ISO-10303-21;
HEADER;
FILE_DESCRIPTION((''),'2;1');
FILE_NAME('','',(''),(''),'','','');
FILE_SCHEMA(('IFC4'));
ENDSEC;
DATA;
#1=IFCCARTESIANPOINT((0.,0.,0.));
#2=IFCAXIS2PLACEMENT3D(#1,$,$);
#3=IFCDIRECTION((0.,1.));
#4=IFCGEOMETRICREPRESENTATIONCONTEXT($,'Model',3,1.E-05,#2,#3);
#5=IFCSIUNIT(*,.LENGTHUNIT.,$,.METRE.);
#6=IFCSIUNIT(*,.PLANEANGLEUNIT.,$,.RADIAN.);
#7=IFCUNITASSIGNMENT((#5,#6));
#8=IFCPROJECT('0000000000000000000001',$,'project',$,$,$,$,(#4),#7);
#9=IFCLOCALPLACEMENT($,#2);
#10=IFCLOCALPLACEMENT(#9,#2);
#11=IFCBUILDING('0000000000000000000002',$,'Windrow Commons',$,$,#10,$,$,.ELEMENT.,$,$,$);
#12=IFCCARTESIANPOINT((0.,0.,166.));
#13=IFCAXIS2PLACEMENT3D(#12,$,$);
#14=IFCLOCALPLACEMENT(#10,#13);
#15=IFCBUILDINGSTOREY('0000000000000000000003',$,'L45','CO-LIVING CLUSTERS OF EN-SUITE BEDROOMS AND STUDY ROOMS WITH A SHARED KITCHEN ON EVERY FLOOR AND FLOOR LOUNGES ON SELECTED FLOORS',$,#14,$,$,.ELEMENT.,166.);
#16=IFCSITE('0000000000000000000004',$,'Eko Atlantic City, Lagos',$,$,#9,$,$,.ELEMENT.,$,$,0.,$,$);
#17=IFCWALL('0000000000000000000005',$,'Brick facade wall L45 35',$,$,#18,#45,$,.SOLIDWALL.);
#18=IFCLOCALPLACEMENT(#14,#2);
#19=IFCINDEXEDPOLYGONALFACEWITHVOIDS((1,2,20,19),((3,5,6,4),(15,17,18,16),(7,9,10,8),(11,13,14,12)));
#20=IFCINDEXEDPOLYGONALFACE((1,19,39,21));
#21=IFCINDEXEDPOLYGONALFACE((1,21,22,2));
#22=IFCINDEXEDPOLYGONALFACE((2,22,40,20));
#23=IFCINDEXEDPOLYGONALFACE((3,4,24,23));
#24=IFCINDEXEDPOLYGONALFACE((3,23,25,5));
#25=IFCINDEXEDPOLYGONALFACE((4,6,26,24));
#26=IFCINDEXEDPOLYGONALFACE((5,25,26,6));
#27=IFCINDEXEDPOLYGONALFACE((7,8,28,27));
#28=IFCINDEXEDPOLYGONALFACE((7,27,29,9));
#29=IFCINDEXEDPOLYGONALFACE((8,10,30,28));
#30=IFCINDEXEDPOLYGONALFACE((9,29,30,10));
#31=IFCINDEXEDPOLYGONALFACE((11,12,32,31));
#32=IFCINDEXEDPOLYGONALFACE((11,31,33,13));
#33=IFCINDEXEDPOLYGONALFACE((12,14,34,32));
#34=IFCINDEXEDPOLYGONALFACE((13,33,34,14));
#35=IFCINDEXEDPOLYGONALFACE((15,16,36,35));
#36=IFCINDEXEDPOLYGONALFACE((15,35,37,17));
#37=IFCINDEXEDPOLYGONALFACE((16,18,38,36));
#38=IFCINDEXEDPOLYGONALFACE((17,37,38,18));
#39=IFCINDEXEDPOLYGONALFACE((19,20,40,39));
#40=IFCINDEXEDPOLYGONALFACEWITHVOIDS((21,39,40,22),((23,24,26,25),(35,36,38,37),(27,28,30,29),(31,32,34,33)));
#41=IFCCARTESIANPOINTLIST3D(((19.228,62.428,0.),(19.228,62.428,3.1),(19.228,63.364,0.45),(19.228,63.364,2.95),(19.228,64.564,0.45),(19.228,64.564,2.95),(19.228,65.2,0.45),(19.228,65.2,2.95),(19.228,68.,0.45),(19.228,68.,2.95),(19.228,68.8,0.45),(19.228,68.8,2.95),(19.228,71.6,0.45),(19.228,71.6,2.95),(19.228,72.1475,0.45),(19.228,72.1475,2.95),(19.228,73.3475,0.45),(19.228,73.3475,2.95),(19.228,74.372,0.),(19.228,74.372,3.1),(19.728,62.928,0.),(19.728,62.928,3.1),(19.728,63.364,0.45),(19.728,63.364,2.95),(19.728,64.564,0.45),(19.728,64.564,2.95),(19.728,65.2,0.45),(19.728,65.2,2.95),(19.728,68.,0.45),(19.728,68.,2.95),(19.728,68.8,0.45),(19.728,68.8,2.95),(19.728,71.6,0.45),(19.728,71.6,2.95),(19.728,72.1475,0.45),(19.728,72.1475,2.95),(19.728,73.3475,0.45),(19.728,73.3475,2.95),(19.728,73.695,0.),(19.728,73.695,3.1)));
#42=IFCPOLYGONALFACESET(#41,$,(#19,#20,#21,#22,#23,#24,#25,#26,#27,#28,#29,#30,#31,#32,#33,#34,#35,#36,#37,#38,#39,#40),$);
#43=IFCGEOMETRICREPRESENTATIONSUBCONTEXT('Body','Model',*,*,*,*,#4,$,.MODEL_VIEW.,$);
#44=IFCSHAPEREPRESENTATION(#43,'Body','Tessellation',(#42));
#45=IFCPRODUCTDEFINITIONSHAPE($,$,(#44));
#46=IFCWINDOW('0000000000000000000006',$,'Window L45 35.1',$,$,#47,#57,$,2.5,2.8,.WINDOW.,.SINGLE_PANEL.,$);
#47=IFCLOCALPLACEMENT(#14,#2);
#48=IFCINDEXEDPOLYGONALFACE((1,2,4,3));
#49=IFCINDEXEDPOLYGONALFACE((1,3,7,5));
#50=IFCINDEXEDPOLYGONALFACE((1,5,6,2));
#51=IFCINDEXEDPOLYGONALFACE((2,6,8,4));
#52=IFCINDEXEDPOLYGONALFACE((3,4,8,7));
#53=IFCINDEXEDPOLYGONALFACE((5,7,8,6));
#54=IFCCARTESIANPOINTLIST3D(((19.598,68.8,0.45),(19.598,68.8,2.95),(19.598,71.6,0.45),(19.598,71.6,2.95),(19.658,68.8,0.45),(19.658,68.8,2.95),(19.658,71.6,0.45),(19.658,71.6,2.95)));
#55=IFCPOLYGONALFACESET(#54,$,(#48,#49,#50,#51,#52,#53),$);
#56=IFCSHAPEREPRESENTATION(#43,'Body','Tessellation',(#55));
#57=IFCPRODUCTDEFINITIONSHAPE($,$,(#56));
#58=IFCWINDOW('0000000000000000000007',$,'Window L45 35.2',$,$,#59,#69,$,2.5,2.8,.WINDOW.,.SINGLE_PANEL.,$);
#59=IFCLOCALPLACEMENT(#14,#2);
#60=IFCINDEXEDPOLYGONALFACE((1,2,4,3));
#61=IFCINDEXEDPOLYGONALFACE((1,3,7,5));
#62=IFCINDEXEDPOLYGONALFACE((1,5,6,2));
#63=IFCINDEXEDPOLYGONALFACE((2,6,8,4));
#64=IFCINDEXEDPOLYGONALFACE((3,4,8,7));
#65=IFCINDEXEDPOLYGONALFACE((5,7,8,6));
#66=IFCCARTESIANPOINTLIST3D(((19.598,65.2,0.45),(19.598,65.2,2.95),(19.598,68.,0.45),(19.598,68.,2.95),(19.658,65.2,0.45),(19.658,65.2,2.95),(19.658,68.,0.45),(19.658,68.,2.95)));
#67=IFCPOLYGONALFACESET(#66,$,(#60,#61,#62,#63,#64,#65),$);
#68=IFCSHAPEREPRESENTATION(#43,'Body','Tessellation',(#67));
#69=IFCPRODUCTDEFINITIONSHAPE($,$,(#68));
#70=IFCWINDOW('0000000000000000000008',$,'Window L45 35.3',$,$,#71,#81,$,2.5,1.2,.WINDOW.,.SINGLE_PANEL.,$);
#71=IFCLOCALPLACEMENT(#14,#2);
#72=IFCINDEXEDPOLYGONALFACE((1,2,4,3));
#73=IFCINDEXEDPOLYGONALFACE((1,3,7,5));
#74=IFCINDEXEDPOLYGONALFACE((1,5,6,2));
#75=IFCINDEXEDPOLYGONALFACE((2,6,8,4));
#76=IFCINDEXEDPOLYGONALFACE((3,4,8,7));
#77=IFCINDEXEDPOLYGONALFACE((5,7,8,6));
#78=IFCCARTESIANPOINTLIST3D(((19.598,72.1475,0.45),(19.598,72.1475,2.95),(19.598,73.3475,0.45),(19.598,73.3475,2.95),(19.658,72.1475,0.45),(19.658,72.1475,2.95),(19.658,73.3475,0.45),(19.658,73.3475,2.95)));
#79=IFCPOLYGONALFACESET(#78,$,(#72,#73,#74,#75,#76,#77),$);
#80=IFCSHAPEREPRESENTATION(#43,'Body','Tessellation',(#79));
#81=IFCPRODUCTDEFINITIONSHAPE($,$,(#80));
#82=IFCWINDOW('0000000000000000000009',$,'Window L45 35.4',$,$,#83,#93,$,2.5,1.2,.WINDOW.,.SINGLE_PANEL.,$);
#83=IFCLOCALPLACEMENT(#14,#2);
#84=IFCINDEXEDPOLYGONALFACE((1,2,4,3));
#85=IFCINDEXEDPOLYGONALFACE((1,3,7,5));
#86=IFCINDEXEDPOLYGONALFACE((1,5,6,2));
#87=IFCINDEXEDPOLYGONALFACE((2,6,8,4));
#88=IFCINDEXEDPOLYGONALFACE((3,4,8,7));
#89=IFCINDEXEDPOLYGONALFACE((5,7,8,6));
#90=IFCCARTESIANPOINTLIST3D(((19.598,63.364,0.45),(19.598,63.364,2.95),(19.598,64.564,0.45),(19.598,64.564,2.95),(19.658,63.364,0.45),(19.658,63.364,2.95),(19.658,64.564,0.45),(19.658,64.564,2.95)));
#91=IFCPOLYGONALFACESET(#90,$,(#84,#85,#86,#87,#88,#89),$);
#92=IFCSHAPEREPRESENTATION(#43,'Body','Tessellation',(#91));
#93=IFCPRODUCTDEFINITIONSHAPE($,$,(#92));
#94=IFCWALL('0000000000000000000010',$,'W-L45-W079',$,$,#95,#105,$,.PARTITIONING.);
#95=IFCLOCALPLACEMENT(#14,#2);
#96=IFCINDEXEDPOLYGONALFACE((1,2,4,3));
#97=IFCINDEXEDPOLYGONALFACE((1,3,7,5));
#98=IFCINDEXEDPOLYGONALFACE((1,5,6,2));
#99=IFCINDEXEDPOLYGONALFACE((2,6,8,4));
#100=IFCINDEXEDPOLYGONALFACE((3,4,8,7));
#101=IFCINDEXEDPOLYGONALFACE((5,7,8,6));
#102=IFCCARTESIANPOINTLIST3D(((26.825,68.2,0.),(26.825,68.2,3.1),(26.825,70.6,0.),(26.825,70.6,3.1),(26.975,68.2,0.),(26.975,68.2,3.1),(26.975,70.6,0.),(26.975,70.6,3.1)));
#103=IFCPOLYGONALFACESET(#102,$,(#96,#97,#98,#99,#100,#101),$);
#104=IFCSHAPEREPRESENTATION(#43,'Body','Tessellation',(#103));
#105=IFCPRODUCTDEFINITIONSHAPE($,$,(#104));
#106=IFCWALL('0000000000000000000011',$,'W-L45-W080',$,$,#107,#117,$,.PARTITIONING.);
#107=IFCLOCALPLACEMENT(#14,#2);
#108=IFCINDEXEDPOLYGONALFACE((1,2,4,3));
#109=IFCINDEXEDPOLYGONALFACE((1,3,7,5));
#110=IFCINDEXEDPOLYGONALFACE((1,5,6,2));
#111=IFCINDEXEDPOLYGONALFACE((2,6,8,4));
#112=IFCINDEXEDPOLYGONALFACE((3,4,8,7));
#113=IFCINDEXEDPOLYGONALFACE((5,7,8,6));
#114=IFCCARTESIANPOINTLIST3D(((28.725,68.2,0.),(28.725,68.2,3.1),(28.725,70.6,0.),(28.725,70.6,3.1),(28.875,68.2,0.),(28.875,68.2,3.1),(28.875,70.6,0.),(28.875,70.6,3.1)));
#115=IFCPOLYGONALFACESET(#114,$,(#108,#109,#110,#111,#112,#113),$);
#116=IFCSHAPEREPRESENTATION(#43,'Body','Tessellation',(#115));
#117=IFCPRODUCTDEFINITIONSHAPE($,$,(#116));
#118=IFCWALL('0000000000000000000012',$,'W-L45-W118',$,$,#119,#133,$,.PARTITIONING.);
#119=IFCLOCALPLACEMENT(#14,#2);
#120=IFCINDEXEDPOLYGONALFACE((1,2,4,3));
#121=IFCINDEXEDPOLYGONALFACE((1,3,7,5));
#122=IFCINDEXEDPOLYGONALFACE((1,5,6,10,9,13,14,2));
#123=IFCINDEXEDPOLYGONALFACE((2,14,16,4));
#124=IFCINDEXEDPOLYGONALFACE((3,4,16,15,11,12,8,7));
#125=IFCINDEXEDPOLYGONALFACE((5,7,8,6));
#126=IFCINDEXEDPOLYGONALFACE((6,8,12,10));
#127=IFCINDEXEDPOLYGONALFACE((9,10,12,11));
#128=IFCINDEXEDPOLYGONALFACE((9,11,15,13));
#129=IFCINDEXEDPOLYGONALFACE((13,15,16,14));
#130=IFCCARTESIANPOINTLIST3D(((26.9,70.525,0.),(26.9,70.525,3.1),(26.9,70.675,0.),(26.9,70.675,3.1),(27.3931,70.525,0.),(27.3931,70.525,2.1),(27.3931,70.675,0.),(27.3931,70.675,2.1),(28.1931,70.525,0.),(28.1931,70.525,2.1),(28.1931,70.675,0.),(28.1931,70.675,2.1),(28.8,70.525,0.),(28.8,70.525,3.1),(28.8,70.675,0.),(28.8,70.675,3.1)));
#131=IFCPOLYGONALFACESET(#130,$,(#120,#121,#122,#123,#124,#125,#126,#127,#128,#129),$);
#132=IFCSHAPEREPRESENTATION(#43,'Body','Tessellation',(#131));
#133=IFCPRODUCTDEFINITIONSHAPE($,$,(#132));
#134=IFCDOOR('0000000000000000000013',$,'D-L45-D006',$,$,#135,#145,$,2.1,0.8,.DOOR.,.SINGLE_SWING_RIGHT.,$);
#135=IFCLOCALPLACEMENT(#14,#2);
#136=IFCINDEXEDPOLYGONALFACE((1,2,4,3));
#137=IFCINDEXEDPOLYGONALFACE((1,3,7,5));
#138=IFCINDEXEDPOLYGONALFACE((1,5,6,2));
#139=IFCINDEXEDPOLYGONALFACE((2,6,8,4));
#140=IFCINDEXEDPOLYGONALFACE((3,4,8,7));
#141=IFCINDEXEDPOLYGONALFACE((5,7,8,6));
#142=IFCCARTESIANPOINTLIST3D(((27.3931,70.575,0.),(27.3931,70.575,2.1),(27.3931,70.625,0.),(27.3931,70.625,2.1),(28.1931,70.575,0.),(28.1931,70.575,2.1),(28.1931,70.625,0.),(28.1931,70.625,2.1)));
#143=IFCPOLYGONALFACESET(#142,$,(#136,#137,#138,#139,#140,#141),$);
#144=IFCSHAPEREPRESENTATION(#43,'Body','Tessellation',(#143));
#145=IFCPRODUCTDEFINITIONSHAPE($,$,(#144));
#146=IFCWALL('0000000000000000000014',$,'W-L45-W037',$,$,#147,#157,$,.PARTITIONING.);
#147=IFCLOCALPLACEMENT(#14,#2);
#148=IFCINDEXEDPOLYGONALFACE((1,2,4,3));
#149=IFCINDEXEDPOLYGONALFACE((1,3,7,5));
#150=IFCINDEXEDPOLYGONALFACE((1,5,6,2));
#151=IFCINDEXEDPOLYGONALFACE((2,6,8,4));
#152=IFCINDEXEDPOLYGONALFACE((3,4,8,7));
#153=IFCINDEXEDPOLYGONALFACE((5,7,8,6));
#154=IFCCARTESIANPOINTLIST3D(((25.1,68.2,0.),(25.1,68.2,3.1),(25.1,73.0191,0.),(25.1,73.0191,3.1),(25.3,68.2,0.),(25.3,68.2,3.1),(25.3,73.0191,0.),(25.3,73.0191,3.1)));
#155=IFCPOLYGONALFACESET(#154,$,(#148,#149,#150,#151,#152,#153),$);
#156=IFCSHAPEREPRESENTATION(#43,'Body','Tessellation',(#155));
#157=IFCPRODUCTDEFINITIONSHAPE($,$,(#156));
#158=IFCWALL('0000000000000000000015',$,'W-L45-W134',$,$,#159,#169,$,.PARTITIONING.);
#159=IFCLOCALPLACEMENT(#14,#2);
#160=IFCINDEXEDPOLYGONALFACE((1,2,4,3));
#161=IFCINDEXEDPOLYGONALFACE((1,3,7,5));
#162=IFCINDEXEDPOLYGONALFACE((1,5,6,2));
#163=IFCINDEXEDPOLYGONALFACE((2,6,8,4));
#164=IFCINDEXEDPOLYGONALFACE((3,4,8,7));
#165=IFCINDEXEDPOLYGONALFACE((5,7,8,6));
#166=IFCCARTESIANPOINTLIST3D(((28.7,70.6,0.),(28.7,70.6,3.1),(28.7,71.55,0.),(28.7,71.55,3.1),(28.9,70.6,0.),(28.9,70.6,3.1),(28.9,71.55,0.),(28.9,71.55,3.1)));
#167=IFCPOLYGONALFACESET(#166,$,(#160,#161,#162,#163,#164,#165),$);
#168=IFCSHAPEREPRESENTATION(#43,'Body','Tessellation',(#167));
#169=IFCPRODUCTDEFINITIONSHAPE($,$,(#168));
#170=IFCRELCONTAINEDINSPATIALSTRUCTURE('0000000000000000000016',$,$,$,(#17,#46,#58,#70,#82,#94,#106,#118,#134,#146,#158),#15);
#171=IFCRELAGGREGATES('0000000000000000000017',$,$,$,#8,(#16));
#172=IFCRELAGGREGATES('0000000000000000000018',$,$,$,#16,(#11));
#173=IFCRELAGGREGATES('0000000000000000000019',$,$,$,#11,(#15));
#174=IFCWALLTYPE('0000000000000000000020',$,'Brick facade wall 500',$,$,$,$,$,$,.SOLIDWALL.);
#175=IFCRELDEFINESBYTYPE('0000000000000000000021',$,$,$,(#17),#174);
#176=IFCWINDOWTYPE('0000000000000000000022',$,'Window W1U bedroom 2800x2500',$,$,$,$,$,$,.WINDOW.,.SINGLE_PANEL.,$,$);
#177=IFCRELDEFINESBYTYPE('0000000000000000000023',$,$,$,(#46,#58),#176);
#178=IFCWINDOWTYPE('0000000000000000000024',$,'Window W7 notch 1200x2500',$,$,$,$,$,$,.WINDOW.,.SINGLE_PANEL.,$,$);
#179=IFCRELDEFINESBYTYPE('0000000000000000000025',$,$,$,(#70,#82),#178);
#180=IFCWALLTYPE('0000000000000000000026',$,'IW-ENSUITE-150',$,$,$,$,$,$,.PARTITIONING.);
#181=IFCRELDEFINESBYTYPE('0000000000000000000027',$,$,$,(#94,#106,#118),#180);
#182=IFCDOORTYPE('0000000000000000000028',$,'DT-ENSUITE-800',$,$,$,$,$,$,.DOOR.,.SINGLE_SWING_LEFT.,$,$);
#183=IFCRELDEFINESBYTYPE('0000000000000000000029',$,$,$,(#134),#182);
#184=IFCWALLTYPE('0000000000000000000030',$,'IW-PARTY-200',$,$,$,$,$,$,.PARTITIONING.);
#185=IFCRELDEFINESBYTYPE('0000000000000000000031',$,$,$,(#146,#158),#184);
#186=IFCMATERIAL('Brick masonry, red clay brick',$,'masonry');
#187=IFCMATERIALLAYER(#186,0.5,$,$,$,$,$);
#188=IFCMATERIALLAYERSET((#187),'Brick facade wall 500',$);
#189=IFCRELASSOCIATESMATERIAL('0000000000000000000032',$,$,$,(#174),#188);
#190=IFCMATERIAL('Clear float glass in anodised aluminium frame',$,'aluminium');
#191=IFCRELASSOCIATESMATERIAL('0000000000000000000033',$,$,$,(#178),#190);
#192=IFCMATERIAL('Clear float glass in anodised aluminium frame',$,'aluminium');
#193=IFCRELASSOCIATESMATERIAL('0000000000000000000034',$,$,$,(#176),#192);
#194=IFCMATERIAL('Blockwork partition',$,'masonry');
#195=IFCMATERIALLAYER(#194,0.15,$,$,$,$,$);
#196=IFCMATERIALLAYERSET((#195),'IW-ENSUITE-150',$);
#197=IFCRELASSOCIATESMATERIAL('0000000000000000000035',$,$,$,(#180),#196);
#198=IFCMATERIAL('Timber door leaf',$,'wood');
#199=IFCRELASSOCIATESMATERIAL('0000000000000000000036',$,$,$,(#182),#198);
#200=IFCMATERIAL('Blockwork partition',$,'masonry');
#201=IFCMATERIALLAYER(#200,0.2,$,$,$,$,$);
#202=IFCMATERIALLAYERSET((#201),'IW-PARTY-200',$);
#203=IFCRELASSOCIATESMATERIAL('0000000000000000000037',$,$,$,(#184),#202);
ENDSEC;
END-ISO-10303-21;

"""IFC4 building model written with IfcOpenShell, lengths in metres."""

from ifc_helpers import new_model, si_unit, direction, frame, frame_2d, origin, place, context, subcontext, project, spatial, polyline, rectangle, outline, extrude, material, layer, layer_set, type_object, element, fill, save


model = new_model("IFC4")

# Units and contexts
model_context = context("Model", 3, precision=1e-05, world=origin(), true_north=direction((0.0, 1.0)))
body_context = subcontext(model_context, "Body", "Model", "MODEL_VIEW")
ifc_project = project(units=[si_unit("LENGTHUNIT", "METRE"), si_unit("PLANEANGLEUNIT", "RADIAN")], contexts=[model_context])

# Site, building, storey
site_placement = place(None, origin())
site = spatial("IfcSite", under=ifc_project, at=site_placement, Name="Eko Atlantic City, Lagos", CompositionType="ELEMENT", RefElevation=0.0)
building_placement = place(site_placement, origin())
building = spatial("IfcBuilding", under=site, at=building_placement, Name="Windrow Commons", CompositionType="ELEMENT")
storey_placement = place(building_placement, frame((0.0, 0.0, 166.0)))
storey = spatial("IfcBuildingStorey", under=building, at=storey_placement, Name="L45", Description="CO-LIVING CLUSTERS OF EN-SUITE BEDROOMS AND STUDY ROOMS WITH A SHARED KITCHEN ON EVERY FLOOR AND FLOOR LOUNGES ON SELECTED FLOORS", CompositionType="ELEMENT", Elevation=166.0)

# Shared definitions
ifc_material_1 = material(Name="Brick masonry, red clay brick", Category="masonry")
ifc_layer_1 = layer(ifc_material_1, 0.5)
ifc_layer_set_1 = layer_set([ifc_layer_1], Name="Brick facade wall 500")
wall_type_1 = type_object("IfcWallType", Name="Brick facade wall 500", PredefinedType="SOLIDWALL", material=ifc_layer_set_1)
ifc_material_2 = material(Name="Clear float glass in anodised aluminium frame", Category="aluminium")
window_type_1 = type_object("IfcWindowType", Name="Window W7 notch 1200x2500", PartitioningType="SINGLE_PANEL", PredefinedType="WINDOW", material=ifc_material_2)

# Wall, openings, windows
wall_1_placement = place(storey_placement, frame((19.478, 74.0335, 0.0), z_axis=(0.0, 0.0, 1.0), x_axis=(0.0, -1.0, 0.0)))
wall_1 = element("IfcWall", 1, at=wall_1_placement, inside=storey, type_object=wall_type_1, Name="Brick facade wall L45 35", PredefinedType="SOLIDWALL", context=body_context, shape_type="SweptSolid", body=[
    extrude(outline(polyline([(-0.3385, -0.25), (11.6055, -0.25), (11.1055, 0.25), (0.3385, 0.25), (-0.3385, -0.25)])), origin(), (0.0, 0.0, 1.0), 3.1),
])
opening_1_placement = place(wall_1_placement, frame((2.4335, 0.0, 0.45)))
opening_1 = element("IfcOpeningElement", 2, at=opening_1_placement, cuts=wall_1, PredefinedType="OPENING", context=body_context, shape_type="SweptSolid", body=[
    extrude(rectangle(XDim=2.8, YDim=2.5, at=frame_2d((1.4, 1.25))), frame((0.0, 0.26, 0.0), z_axis=(0.0, -1.0, 0.0), x_axis=(1.0, 0.0, 0.0)), (0.0, 0.0, 1.0), 0.52),
])
opening_2_placement = place(wall_1_placement, frame((6.0335, 0.0, 0.45)))
opening_2 = element("IfcOpeningElement", 3, at=opening_2_placement, cuts=wall_1, PredefinedType="OPENING", context=body_context, shape_type="SweptSolid", body=[
    extrude(rectangle(XDim=2.8, YDim=2.5, at=frame_2d((1.4, 1.25))), frame((0.0, 0.26, 0.0), z_axis=(0.0, -1.0, 0.0), x_axis=(1.0, 0.0, 0.0)), (0.0, 0.0, 1.0), 0.52),
])
opening_3_placement = place(wall_1_placement, frame((0.686, 0.0, 0.45)))
opening_3 = element("IfcOpeningElement", 4, at=opening_3_placement, cuts=wall_1, PredefinedType="OPENING", context=body_context, shape_type="SweptSolid", body=[
    extrude(rectangle(XDim=1.2, YDim=2.5, at=frame_2d((0.6, 1.25))), frame((0.0, 0.26, 0.0), z_axis=(0.0, -1.0, 0.0), x_axis=(1.0, 0.0, 0.0)), (0.0, 0.0, 1.0), 0.52),
])
opening_4_placement = place(wall_1_placement, frame((9.4695, 0.0, 0.45)))
opening_4 = element("IfcOpeningElement", 5, at=opening_4_placement, cuts=wall_1, PredefinedType="OPENING", context=body_context, shape_type="SweptSolid", body=[
    extrude(rectangle(XDim=1.2, YDim=2.5, at=frame_2d((0.6, 1.25))), frame((0.0, 0.26, 0.0), z_axis=(0.0, -1.0, 0.0), x_axis=(1.0, 0.0, 0.0)), (0.0, 0.0, 1.0), 0.52),
])
ifc_material_3 = material(Name="Clear float glass in anodised aluminium frame", Category="aluminium")
window_type_2 = type_object("IfcWindowType", Name="Window W1U bedroom 2800x2500", PartitioningType="SINGLE_PANEL", PredefinedType="WINDOW", material=ifc_material_3)
window_1_placement = place(opening_1_placement, origin())
window_1 = element("IfcWindow", 6, at=window_1_placement, inside=storey, type_object=window_type_2, Name="Window L45 35.1", OverallHeight=2.5, OverallWidth=2.8, PartitioningType="SINGLE_PANEL", PredefinedType="WINDOW", context=body_context, shape_type="SweptSolid", body=[
    extrude(rectangle(XDim=2.8, YDim=2.5, at=frame_2d((1.4, 1.25))), frame((0.0, 0.18, 0.0), z_axis=(0.0, -1.0, 0.0), x_axis=(1.0, 0.0, 0.0)), (0.0, 0.0, 1.0), 0.06),
])
fill(opening_1, window_1)
window_2_placement = place(opening_2_placement, origin())
window_2 = element("IfcWindow", 7, at=window_2_placement, inside=storey, type_object=window_type_2, Name="Window L45 35.2", OverallHeight=2.5, OverallWidth=2.8, PartitioningType="SINGLE_PANEL", PredefinedType="WINDOW", context=body_context, shape_type="SweptSolid", body=[
    extrude(rectangle(XDim=2.8, YDim=2.5, at=frame_2d((1.4, 1.25))), frame((0.0, 0.18, 0.0), z_axis=(0.0, -1.0, 0.0), x_axis=(1.0, 0.0, 0.0)), (0.0, 0.0, 1.0), 0.06),
])
fill(opening_2, window_2)
window_3_placement = place(opening_3_placement, origin())
window_3 = element("IfcWindow", 8, at=window_3_placement, inside=storey, type_object=window_type_1, Name="Window L45 35.3", OverallHeight=2.5, OverallWidth=1.2, PartitioningType="SINGLE_PANEL", PredefinedType="WINDOW", context=body_context, shape_type="SweptSolid", body=[
    extrude(rectangle(XDim=1.2, YDim=2.5, at=frame_2d((0.6, 1.25))), frame((0.0, 0.18, 0.0), z_axis=(0.0, -1.0, 0.0), x_axis=(1.0, 0.0, 0.0)), (0.0, 0.0, 1.0), 0.06),
])
fill(opening_3, window_3)
window_4_placement = place(opening_4_placement, origin())
window_4 = element("IfcWindow", 9, at=window_4_placement, inside=storey, type_object=window_type_1, Name="Window L45 35.4", OverallHeight=2.5, OverallWidth=1.2, PartitioningType="SINGLE_PANEL", PredefinedType="WINDOW", context=body_context, shape_type="SweptSolid", body=[
    extrude(rectangle(XDim=1.2, YDim=2.5, at=frame_2d((0.6, 1.25))), frame((0.0, 0.18, 0.0), z_axis=(0.0, -1.0, 0.0), x_axis=(1.0, 0.0, 0.0)), (0.0, 0.0, 1.0), 0.06),
])
fill(opening_4, window_4)

# Walls
ifc_material_4 = material(Name="Blockwork partition", Category="masonry")
ifc_layer_2 = layer(ifc_material_4, 0.15)
ifc_layer_set_2 = layer_set([ifc_layer_2], Name="IW-ENSUITE-150")
wall_type_2 = type_object("IfcWallType", Name="IW-ENSUITE-150", PredefinedType="PARTITIONING", material=ifc_layer_set_2)
for number, where, z_axis, x_axis, name in (
    (10, (26.9, 68.2, 0.0), (0.0, 0.0, 1.0), (0.0, 1.0, 0.0), "W-L45-W079"),
    (11, (28.8, 68.2, 0.0), (0.0, 0.0, 1.0), (0.0, 1.0, 0.0), "W-L45-W080"),
):
    element("IfcWall", number, at=place(storey_placement, frame(where, z_axis=z_axis, x_axis=x_axis)), inside=storey, type_object=wall_type_2, Name=name, PredefinedType="PARTITIONING", context=body_context, shape_type="SweptSolid", body=[
        extrude(rectangle(XDim=2.4, YDim=0.15, at=frame_2d((1.2, 0.0))), origin(), (0.0, 0.0, 1.0), 3.1),
    ])

# Wall, opening, door
wall_2_placement = place(storey_placement, frame((26.9, 70.6, 0.0), z_axis=(0.0, 0.0, 1.0), x_axis=(1.0, 0.0, 0.0)))
wall_2 = element("IfcWall", 12, at=wall_2_placement, inside=storey, type_object=wall_type_2, Name="W-L45-W118", PredefinedType="PARTITIONING", context=body_context, shape_type="SweptSolid", body=[
    extrude(rectangle(XDim=1.9, YDim=0.15, at=frame_2d((0.95, 0.0))), origin(), (0.0, 0.0, 1.0), 3.1),
])
opening_5_placement = place(wall_2_placement, frame((0.4931, 0.0, 0.0)))
opening_5 = element("IfcOpeningElement", 13, at=opening_5_placement, cuts=wall_2, PredefinedType="OPENING", context=body_context, shape_type="SweptSolid", body=[
    extrude(rectangle(XDim=0.8, YDim=2.1, at=frame_2d((0.4, 1.05))), frame((0.0, 0.085, 0.0), z_axis=(0.0, -1.0, 0.0), x_axis=(1.0, 0.0, 0.0)), (0.0, 0.0, 1.0), 0.17),
])
ifc_material_5 = material(Name="Timber door leaf", Category="wood")
door_type = type_object("IfcDoorType", Name="DT-ENSUITE-800", OperationType="SINGLE_SWING_LEFT", PredefinedType="DOOR", material=ifc_material_5)
door_placement = place(opening_5_placement, origin())
door = element("IfcDoor", 14, at=door_placement, inside=storey, type_object=door_type, Name="D-L45-D006", OperationType="SINGLE_SWING_RIGHT", OverallHeight=2.1, OverallWidth=0.8, PredefinedType="DOOR", context=body_context, shape_type="SweptSolid", body=[
    extrude(rectangle(XDim=0.8, YDim=2.1, at=frame_2d((0.4, 1.05))), frame((0.0, 0.025, 0.0), z_axis=(0.0, -1.0, 0.0), x_axis=(1.0, 0.0, 0.0)), (0.0, 0.0, 1.0), 0.05),
])
fill(opening_5, door)

# Walls
ifc_material_6 = material(Name="Blockwork partition", Category="masonry")
ifc_layer_3 = layer(ifc_material_6, 0.2)
ifc_layer_set_3 = layer_set([ifc_layer_3], Name="IW-PARTY-200")
wall_type_3 = type_object("IfcWallType", Name="IW-PARTY-200", PredefinedType="PARTITIONING", material=ifc_layer_set_3)
wall_3_placement = place(storey_placement, frame((25.2, 68.2, 0.0), z_axis=(0.0, 0.0, 1.0), x_axis=(0.0, 1.0, 0.0)))
element("IfcWall", 15, at=wall_3_placement, inside=storey, type_object=wall_type_3, Name="W-L45-W037", PredefinedType="PARTITIONING", context=body_context, shape_type="SweptSolid", body=[
    extrude(rectangle(XDim=4.8191, YDim=0.2, at=frame_2d((2.4095, 0.0))), origin(), (0.0, 0.0, 1.0), 3.1),
])
wall_4_placement = place(storey_placement, frame((28.8, 70.6, 0.0), z_axis=(0.0, 0.0, 1.0), x_axis=(0.0, 1.0, 0.0)))
element("IfcWall", 16, at=wall_4_placement, inside=storey, type_object=wall_type_3, Name="W-L45-W134", PredefinedType="PARTITIONING", context=body_context, shape_type="SweptSolid", body=[
    extrude(rectangle(XDim=0.95, YDim=0.2, at=frame_2d((0.475, 0.0))), origin(), (0.0, 0.0, 1.0), 3.1),
])

save(model, "model.ifc")
